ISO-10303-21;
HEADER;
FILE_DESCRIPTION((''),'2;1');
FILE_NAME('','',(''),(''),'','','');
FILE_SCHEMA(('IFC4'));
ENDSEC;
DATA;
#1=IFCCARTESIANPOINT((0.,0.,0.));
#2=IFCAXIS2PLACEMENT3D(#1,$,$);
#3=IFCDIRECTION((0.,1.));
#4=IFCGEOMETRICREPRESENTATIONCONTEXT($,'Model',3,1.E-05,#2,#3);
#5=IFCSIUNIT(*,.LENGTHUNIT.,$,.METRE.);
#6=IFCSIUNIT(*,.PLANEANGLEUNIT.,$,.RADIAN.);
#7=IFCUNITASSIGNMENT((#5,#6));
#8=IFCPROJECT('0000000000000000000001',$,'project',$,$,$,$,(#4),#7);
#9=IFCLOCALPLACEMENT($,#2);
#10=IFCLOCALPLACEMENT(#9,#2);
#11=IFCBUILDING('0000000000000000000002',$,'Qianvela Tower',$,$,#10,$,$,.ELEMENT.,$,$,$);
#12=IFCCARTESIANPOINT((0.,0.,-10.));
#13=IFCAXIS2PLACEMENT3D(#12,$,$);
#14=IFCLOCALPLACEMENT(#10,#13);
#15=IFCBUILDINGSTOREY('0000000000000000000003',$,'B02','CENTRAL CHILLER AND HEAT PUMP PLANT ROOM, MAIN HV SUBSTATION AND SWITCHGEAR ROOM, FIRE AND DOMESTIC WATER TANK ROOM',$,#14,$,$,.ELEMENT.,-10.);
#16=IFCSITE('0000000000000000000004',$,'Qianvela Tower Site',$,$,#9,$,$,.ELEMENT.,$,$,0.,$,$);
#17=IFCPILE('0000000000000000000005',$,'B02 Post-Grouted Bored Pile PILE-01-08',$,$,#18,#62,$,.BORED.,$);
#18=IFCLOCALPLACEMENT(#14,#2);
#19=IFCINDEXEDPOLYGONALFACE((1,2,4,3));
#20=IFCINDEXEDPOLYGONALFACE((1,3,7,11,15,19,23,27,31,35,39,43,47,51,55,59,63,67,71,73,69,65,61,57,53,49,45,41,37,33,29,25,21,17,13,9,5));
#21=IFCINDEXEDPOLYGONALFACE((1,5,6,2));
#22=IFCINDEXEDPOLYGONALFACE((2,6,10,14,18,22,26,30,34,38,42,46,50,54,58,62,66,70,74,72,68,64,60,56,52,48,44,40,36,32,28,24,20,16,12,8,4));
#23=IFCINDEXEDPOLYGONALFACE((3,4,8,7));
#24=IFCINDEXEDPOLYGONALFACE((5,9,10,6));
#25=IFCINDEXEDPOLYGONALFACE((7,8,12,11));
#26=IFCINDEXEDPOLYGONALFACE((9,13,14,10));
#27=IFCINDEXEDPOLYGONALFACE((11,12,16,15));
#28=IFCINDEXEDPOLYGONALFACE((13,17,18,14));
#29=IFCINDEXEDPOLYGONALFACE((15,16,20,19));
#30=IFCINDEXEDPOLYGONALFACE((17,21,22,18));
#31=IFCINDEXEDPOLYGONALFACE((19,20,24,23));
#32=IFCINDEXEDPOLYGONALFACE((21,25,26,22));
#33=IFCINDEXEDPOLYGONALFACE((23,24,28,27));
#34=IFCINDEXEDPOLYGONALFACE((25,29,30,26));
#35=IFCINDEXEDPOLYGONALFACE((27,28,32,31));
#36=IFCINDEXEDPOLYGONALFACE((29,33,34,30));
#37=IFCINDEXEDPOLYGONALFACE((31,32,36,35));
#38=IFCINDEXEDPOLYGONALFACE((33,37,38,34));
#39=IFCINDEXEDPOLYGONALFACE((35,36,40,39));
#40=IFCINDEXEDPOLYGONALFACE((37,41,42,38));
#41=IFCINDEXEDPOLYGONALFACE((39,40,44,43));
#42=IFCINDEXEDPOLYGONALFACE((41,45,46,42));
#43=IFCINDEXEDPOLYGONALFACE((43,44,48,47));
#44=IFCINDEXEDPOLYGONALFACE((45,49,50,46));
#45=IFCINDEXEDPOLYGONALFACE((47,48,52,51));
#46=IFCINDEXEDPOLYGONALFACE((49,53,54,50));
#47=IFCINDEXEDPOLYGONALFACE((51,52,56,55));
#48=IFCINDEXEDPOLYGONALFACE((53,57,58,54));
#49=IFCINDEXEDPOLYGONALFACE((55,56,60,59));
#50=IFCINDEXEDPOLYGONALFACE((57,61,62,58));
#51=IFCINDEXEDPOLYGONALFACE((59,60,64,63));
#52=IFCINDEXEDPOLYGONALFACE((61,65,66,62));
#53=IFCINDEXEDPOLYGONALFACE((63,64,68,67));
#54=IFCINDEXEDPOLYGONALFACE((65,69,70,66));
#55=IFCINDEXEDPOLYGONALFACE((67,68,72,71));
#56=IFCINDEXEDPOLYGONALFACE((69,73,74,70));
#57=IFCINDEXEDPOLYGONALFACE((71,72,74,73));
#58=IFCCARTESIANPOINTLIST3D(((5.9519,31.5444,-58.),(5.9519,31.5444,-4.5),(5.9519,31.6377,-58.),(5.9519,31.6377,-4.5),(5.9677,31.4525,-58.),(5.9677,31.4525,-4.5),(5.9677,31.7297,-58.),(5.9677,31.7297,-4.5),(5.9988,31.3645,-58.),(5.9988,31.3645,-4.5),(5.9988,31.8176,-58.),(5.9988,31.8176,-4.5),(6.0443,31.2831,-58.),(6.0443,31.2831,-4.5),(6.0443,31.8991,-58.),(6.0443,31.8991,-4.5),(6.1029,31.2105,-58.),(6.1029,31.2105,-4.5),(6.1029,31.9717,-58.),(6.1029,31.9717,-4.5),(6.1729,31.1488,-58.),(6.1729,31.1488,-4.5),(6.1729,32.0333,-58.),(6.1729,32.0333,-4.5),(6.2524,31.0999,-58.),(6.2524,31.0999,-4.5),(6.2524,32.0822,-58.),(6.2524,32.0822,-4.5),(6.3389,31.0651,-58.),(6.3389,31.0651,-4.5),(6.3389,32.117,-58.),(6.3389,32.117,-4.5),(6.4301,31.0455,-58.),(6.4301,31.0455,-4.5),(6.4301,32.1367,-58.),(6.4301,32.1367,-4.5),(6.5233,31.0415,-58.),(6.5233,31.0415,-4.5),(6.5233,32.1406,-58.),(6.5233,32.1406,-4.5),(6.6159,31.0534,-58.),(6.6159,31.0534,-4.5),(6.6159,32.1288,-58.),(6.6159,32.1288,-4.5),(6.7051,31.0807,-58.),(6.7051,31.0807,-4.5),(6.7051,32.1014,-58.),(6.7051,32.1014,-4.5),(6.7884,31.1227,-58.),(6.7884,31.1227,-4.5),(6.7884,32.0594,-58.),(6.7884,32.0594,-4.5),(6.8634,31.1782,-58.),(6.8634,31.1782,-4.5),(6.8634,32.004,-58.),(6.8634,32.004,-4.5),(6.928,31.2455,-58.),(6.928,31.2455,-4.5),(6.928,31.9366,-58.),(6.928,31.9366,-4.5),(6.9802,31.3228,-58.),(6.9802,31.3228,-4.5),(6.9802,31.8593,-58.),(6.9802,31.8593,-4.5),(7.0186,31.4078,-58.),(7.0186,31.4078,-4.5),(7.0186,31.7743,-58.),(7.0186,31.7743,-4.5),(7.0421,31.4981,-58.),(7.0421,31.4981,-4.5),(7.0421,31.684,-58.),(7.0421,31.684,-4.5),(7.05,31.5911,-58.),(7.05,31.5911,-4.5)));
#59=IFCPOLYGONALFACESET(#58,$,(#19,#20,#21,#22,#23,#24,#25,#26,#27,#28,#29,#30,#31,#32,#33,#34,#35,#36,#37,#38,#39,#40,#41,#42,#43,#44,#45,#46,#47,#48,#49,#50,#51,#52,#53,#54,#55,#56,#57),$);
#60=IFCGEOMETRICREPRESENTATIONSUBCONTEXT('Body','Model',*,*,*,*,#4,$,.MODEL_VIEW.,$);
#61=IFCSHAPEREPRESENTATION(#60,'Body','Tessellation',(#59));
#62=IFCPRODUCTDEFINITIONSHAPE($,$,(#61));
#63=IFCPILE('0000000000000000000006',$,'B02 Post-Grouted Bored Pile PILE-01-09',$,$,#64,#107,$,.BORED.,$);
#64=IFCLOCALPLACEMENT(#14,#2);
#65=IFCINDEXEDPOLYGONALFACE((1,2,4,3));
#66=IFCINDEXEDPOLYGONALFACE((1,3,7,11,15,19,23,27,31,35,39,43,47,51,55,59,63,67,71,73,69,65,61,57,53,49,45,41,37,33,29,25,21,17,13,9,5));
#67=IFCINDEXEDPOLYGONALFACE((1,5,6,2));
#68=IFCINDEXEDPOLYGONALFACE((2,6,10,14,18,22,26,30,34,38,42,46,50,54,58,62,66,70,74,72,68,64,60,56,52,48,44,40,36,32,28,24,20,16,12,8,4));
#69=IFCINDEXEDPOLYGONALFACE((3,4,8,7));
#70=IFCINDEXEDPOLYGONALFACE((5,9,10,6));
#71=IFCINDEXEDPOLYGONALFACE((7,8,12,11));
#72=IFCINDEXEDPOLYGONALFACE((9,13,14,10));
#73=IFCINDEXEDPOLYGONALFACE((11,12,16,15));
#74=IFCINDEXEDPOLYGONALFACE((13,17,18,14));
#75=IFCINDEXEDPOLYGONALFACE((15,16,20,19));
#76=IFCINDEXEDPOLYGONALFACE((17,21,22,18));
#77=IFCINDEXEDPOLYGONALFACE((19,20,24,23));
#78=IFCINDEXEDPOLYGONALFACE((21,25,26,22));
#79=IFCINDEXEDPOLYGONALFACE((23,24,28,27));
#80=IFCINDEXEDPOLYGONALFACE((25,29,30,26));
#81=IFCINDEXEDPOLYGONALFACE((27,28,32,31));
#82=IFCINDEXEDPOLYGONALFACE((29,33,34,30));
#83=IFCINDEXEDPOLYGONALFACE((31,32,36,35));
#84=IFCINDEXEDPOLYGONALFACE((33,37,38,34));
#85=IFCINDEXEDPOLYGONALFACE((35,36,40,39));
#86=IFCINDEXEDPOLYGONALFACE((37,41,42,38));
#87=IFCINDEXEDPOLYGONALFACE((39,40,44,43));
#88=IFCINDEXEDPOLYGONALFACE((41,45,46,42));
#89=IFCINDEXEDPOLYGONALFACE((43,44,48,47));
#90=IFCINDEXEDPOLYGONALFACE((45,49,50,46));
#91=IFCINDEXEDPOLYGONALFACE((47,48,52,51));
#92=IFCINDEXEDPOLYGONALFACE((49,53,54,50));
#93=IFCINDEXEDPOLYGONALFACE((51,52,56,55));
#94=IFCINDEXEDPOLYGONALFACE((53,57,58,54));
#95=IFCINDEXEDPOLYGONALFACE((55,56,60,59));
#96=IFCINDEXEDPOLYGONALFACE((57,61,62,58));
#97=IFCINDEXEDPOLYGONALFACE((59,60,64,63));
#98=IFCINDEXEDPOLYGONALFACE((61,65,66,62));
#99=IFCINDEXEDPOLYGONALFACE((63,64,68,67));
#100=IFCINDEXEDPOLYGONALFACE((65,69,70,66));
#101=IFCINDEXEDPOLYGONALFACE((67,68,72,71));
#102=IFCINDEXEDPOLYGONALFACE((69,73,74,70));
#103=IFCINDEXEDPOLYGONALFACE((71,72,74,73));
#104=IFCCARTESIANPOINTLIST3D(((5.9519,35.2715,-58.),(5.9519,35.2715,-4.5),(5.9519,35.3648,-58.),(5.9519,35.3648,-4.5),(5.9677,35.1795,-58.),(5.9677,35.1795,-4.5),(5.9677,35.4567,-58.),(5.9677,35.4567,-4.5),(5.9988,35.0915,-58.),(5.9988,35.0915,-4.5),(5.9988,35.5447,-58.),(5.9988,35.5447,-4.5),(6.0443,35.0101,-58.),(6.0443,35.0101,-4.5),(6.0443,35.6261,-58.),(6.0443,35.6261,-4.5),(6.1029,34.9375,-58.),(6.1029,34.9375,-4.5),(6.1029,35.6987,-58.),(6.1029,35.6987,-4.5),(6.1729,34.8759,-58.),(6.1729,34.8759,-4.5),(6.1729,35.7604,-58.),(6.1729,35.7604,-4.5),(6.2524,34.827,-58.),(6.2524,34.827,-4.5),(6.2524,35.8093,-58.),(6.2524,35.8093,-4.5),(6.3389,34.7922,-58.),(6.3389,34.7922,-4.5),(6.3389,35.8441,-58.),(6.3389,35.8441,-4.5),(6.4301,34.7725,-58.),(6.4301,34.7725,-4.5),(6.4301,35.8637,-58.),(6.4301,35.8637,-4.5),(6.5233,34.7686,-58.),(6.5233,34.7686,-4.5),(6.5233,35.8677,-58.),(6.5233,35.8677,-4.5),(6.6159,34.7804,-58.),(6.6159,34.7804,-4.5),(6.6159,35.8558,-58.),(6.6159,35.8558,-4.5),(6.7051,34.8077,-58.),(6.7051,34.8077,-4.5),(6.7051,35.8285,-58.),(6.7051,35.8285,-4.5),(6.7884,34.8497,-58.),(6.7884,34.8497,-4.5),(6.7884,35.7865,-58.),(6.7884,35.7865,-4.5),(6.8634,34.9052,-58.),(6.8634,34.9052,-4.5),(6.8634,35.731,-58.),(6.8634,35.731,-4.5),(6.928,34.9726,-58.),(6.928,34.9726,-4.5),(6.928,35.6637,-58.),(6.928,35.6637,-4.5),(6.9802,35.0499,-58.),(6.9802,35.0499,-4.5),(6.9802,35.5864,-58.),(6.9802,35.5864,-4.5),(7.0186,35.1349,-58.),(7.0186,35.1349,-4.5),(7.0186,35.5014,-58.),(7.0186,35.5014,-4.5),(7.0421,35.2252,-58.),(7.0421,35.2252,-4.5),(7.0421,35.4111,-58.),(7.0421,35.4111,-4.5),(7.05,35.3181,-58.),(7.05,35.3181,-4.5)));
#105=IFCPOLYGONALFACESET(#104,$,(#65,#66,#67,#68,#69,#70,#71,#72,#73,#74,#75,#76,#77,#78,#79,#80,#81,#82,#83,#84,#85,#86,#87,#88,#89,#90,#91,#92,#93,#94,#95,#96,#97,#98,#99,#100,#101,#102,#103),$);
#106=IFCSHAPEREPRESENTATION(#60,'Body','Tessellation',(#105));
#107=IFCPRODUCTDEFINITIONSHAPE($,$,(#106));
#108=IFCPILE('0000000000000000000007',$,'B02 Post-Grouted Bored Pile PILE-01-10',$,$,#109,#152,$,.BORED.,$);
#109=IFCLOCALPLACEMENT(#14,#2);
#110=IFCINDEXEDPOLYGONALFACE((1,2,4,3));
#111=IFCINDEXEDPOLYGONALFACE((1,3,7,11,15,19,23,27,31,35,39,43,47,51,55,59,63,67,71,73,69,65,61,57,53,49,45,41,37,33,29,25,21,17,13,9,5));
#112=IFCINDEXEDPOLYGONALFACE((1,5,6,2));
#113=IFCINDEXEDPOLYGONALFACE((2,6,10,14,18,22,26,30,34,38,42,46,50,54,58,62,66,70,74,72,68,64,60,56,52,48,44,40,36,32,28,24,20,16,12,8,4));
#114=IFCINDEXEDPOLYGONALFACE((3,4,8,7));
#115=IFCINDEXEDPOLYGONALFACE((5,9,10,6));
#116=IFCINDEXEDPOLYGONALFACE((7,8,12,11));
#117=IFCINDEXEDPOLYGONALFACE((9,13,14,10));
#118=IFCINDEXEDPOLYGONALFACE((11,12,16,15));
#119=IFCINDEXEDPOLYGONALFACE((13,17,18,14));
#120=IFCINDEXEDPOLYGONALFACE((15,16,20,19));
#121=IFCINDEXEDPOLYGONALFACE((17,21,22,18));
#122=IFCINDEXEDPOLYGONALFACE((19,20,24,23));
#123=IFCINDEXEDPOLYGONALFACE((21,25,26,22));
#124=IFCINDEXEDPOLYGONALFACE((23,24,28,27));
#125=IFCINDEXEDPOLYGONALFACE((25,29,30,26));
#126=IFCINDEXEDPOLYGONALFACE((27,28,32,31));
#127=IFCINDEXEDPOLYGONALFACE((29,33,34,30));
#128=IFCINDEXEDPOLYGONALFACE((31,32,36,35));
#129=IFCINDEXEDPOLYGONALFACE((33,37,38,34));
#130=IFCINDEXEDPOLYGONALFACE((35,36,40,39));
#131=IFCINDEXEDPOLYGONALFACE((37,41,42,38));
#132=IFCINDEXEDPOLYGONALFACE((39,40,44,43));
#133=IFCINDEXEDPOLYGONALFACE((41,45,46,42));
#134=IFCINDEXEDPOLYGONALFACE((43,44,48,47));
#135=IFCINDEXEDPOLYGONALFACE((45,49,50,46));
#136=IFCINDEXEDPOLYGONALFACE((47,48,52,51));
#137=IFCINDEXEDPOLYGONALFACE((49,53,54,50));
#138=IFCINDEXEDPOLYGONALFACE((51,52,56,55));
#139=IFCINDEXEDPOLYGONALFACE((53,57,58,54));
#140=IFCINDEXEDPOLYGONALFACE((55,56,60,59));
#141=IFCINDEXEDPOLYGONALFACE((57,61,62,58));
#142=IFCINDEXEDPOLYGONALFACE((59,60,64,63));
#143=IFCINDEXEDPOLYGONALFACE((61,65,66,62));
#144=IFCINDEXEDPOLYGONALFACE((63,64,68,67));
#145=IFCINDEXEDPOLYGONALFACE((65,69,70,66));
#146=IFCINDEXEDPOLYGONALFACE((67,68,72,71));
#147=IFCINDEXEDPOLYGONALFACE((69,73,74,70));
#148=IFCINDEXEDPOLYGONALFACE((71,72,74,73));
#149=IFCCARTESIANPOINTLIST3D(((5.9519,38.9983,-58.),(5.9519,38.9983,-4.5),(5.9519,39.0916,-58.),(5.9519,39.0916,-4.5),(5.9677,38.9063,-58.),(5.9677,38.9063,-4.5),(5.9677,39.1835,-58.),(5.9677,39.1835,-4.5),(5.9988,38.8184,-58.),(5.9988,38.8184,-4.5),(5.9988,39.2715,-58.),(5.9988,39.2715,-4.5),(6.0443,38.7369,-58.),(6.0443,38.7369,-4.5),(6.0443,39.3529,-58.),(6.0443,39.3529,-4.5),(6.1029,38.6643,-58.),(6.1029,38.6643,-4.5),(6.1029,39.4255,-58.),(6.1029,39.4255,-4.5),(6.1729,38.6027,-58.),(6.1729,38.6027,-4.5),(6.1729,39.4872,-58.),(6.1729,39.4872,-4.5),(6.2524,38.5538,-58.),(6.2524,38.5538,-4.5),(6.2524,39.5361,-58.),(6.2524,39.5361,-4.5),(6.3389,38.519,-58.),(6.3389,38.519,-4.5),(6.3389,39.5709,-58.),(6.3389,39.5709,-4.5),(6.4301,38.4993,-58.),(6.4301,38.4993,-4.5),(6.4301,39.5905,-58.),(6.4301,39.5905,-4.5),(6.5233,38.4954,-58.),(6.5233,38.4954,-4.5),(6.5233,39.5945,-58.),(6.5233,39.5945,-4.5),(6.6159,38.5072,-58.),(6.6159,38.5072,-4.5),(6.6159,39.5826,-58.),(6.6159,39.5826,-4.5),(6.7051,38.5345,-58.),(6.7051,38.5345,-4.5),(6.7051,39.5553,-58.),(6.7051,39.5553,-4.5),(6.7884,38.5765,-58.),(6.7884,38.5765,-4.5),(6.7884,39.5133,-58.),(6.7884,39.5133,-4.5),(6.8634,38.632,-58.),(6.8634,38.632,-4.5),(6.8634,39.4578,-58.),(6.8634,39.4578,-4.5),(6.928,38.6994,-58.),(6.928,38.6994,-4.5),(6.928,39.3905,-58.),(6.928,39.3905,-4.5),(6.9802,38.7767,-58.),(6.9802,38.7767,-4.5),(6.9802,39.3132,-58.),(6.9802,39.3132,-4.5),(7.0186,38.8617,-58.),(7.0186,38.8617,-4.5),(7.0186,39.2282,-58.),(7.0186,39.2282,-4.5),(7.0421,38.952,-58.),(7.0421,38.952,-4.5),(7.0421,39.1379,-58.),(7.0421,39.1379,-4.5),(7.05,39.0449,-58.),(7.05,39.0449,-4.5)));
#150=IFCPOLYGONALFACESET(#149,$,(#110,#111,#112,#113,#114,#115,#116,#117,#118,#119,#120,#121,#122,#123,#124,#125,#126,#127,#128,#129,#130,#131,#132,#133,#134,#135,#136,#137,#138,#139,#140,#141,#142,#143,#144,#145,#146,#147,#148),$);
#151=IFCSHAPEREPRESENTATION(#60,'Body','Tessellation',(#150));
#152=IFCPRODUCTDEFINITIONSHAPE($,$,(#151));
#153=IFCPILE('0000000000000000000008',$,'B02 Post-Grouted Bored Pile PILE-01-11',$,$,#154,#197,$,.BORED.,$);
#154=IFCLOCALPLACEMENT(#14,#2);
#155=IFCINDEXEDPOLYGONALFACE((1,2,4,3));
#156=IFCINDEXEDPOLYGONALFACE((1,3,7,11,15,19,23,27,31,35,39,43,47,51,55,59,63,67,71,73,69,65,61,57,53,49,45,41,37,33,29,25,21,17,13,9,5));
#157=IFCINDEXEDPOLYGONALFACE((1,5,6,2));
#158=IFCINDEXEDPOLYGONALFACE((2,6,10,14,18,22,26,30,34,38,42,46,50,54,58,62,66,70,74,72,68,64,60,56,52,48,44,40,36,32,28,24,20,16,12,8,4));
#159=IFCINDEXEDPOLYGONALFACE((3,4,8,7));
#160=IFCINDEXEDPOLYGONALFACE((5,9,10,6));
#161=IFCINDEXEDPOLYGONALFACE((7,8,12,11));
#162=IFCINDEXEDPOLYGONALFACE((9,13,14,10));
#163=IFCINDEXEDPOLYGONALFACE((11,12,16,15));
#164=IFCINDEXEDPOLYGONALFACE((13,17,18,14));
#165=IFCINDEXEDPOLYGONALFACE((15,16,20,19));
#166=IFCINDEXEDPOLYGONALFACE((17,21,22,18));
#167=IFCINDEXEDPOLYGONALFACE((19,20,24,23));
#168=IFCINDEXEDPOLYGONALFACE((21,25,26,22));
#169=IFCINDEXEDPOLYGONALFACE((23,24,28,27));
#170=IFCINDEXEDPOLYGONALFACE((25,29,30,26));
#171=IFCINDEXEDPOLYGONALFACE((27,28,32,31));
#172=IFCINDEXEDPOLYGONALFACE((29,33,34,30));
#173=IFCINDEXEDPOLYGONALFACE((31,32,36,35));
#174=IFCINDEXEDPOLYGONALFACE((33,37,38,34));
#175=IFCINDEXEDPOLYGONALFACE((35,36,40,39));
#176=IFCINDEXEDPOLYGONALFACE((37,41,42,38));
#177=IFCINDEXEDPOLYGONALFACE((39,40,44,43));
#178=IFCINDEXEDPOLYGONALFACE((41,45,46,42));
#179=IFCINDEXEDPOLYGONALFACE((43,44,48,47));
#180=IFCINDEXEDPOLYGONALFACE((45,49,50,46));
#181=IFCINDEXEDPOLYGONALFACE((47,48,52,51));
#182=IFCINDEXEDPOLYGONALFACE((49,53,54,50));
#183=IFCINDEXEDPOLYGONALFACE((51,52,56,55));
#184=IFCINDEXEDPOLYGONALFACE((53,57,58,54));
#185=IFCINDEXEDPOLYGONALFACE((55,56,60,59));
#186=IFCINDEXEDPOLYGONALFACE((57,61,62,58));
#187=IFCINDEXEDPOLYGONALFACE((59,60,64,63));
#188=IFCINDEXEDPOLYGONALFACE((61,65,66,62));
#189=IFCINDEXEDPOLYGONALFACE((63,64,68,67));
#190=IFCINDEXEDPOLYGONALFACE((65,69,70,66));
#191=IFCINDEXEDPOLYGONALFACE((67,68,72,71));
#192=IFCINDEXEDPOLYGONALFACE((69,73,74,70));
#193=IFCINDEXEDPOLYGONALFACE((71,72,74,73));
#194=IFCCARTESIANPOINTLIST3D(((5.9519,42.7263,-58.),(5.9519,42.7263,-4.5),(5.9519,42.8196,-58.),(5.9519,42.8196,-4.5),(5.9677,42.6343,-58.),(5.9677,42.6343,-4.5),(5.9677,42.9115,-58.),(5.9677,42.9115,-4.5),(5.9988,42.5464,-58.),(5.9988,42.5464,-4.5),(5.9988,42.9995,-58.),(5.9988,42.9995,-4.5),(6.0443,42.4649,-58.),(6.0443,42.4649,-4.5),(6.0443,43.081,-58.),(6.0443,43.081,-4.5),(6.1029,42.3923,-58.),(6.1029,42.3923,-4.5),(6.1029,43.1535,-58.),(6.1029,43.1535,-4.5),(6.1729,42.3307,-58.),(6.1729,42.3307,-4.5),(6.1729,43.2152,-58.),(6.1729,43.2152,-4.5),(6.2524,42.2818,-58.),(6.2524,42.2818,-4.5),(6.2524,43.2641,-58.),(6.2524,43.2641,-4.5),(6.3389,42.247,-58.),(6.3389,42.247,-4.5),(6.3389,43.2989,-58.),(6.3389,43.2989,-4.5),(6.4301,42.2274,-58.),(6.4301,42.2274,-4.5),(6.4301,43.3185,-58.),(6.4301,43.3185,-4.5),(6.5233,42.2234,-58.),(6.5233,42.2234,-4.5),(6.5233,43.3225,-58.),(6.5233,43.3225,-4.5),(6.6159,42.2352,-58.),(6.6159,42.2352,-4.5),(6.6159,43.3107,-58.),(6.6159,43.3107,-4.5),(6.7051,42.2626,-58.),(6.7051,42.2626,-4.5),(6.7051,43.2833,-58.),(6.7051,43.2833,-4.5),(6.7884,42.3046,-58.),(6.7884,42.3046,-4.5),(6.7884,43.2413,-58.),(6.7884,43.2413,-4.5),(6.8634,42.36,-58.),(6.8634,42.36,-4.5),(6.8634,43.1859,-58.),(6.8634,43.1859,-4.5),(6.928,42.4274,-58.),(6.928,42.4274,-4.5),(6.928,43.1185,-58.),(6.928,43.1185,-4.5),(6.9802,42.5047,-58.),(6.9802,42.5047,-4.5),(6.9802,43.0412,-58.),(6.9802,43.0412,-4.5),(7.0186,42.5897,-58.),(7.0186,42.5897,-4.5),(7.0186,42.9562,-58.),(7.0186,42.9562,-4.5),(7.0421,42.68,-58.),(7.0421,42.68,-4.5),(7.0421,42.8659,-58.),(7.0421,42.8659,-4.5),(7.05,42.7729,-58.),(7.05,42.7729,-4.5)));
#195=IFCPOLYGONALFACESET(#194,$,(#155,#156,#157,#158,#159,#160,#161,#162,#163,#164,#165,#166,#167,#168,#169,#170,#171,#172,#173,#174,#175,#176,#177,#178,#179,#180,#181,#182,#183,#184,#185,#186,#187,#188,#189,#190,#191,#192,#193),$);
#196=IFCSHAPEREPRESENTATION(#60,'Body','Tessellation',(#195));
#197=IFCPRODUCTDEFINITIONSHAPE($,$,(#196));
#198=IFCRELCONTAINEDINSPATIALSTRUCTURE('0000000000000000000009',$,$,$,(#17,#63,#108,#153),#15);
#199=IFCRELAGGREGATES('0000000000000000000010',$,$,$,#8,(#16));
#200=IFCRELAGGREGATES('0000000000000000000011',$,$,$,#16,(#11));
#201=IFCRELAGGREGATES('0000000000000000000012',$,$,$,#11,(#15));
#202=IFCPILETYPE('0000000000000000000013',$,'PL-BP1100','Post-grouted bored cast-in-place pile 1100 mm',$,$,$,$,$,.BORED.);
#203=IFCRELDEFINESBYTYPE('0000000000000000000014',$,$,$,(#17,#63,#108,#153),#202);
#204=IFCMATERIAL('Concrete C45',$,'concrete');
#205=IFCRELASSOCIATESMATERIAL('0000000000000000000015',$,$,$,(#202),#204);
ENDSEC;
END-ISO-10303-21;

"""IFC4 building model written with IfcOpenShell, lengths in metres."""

from ifc_helpers import new_model, si_unit, direction, frame, origin, origin_2d, place, context, subcontext, project, spatial, circle, extrude, material, material_profile, profile_set, type_object, element, save


model = new_model("IFC4")

# Units and contexts
model_context = context("Model", 3, precision=1e-05, world=origin(), true_north=direction((0.0, 1.0)))
body_context = subcontext(model_context, "Body", "Model", "MODEL_VIEW")
ifc_project = project(units=[si_unit("LENGTHUNIT", "METRE"), si_unit("PLANEANGLEUNIT", "RADIAN")], contexts=[model_context])

# Site, building, storey
site_placement = place(None, origin())
site = spatial("IfcSite", under=ifc_project, at=site_placement, Name="Qianvela Tower Site", CompositionType="ELEMENT", RefElevation=0.0)
building_placement = place(site_placement, origin())
building = spatial("IfcBuilding", under=site, at=building_placement, Name="Qianvela Tower", CompositionType="ELEMENT")
storey_placement = place(building_placement, frame((0.0, 0.0, -10.0)))
storey = spatial("IfcBuildingStorey", under=building, at=storey_placement, Name="B02", Description="CENTRAL CHILLER AND HEAT PUMP PLANT ROOM, MAIN HV SUBSTATION AND SWITCHGEAR ROOM, FIRE AND DOMESTIC WATER TANK ROOM", CompositionType="ELEMENT", Elevation=-10.0)

# Piles
ifc_material_1 = material(Name="Concrete C45", Category="concrete")
ifc_material_profile_1 = material_profile(ifc_material_1, circle(Radius=0.55, at=origin_2d()), Name="BP-1100")
ifc_profile_set_1 = profile_set([ifc_material_profile_1], Name="Concrete C45")
pile_type = type_object("IfcPileType", Name="PL-BP1100", Description="Post-grouted bored cast-in-place pile 1100 mm", PredefinedType="BORED", material=ifc_profile_set_1)
for number, where, z_axis, x_axis, name in (
    (1, (6.5, 31.5911, -4.5), (0.0, 0.0, -1.0), (1.0, 0.0, 0.0), "B02 Post-Grouted Bored Pile PILE-01-08"),
    (2, (6.5, 35.3181, -4.5), (0.0, 0.0, -1.0), (1.0, 0.0, 0.0), "B02 Post-Grouted Bored Pile PILE-01-09"),
    (3, (6.5, 39.0449, -4.5), (0.0, 0.0, -1.0), (1.0, 0.0, 0.0), "B02 Post-Grouted Bored Pile PILE-01-10"),
    (4, (6.5, 42.7729, -4.5), (0.0, 0.0, -1.0), (1.0, 0.0, 0.0), "B02 Post-Grouted Bored Pile PILE-01-11"),
):
    element("IfcPile", number, at=place(storey_placement, frame(where, z_axis=z_axis, x_axis=x_axis)), inside=storey, type_object=pile_type, Name=name, PredefinedType="BORED", context=body_context, shape_type="SweptSolid", body=[
        extrude(circle(Radius=0.55, at=origin_2d()), origin(), (0.0, 0.0, 1.0), 53.5),
    ])

save(model, "model.ifc")
